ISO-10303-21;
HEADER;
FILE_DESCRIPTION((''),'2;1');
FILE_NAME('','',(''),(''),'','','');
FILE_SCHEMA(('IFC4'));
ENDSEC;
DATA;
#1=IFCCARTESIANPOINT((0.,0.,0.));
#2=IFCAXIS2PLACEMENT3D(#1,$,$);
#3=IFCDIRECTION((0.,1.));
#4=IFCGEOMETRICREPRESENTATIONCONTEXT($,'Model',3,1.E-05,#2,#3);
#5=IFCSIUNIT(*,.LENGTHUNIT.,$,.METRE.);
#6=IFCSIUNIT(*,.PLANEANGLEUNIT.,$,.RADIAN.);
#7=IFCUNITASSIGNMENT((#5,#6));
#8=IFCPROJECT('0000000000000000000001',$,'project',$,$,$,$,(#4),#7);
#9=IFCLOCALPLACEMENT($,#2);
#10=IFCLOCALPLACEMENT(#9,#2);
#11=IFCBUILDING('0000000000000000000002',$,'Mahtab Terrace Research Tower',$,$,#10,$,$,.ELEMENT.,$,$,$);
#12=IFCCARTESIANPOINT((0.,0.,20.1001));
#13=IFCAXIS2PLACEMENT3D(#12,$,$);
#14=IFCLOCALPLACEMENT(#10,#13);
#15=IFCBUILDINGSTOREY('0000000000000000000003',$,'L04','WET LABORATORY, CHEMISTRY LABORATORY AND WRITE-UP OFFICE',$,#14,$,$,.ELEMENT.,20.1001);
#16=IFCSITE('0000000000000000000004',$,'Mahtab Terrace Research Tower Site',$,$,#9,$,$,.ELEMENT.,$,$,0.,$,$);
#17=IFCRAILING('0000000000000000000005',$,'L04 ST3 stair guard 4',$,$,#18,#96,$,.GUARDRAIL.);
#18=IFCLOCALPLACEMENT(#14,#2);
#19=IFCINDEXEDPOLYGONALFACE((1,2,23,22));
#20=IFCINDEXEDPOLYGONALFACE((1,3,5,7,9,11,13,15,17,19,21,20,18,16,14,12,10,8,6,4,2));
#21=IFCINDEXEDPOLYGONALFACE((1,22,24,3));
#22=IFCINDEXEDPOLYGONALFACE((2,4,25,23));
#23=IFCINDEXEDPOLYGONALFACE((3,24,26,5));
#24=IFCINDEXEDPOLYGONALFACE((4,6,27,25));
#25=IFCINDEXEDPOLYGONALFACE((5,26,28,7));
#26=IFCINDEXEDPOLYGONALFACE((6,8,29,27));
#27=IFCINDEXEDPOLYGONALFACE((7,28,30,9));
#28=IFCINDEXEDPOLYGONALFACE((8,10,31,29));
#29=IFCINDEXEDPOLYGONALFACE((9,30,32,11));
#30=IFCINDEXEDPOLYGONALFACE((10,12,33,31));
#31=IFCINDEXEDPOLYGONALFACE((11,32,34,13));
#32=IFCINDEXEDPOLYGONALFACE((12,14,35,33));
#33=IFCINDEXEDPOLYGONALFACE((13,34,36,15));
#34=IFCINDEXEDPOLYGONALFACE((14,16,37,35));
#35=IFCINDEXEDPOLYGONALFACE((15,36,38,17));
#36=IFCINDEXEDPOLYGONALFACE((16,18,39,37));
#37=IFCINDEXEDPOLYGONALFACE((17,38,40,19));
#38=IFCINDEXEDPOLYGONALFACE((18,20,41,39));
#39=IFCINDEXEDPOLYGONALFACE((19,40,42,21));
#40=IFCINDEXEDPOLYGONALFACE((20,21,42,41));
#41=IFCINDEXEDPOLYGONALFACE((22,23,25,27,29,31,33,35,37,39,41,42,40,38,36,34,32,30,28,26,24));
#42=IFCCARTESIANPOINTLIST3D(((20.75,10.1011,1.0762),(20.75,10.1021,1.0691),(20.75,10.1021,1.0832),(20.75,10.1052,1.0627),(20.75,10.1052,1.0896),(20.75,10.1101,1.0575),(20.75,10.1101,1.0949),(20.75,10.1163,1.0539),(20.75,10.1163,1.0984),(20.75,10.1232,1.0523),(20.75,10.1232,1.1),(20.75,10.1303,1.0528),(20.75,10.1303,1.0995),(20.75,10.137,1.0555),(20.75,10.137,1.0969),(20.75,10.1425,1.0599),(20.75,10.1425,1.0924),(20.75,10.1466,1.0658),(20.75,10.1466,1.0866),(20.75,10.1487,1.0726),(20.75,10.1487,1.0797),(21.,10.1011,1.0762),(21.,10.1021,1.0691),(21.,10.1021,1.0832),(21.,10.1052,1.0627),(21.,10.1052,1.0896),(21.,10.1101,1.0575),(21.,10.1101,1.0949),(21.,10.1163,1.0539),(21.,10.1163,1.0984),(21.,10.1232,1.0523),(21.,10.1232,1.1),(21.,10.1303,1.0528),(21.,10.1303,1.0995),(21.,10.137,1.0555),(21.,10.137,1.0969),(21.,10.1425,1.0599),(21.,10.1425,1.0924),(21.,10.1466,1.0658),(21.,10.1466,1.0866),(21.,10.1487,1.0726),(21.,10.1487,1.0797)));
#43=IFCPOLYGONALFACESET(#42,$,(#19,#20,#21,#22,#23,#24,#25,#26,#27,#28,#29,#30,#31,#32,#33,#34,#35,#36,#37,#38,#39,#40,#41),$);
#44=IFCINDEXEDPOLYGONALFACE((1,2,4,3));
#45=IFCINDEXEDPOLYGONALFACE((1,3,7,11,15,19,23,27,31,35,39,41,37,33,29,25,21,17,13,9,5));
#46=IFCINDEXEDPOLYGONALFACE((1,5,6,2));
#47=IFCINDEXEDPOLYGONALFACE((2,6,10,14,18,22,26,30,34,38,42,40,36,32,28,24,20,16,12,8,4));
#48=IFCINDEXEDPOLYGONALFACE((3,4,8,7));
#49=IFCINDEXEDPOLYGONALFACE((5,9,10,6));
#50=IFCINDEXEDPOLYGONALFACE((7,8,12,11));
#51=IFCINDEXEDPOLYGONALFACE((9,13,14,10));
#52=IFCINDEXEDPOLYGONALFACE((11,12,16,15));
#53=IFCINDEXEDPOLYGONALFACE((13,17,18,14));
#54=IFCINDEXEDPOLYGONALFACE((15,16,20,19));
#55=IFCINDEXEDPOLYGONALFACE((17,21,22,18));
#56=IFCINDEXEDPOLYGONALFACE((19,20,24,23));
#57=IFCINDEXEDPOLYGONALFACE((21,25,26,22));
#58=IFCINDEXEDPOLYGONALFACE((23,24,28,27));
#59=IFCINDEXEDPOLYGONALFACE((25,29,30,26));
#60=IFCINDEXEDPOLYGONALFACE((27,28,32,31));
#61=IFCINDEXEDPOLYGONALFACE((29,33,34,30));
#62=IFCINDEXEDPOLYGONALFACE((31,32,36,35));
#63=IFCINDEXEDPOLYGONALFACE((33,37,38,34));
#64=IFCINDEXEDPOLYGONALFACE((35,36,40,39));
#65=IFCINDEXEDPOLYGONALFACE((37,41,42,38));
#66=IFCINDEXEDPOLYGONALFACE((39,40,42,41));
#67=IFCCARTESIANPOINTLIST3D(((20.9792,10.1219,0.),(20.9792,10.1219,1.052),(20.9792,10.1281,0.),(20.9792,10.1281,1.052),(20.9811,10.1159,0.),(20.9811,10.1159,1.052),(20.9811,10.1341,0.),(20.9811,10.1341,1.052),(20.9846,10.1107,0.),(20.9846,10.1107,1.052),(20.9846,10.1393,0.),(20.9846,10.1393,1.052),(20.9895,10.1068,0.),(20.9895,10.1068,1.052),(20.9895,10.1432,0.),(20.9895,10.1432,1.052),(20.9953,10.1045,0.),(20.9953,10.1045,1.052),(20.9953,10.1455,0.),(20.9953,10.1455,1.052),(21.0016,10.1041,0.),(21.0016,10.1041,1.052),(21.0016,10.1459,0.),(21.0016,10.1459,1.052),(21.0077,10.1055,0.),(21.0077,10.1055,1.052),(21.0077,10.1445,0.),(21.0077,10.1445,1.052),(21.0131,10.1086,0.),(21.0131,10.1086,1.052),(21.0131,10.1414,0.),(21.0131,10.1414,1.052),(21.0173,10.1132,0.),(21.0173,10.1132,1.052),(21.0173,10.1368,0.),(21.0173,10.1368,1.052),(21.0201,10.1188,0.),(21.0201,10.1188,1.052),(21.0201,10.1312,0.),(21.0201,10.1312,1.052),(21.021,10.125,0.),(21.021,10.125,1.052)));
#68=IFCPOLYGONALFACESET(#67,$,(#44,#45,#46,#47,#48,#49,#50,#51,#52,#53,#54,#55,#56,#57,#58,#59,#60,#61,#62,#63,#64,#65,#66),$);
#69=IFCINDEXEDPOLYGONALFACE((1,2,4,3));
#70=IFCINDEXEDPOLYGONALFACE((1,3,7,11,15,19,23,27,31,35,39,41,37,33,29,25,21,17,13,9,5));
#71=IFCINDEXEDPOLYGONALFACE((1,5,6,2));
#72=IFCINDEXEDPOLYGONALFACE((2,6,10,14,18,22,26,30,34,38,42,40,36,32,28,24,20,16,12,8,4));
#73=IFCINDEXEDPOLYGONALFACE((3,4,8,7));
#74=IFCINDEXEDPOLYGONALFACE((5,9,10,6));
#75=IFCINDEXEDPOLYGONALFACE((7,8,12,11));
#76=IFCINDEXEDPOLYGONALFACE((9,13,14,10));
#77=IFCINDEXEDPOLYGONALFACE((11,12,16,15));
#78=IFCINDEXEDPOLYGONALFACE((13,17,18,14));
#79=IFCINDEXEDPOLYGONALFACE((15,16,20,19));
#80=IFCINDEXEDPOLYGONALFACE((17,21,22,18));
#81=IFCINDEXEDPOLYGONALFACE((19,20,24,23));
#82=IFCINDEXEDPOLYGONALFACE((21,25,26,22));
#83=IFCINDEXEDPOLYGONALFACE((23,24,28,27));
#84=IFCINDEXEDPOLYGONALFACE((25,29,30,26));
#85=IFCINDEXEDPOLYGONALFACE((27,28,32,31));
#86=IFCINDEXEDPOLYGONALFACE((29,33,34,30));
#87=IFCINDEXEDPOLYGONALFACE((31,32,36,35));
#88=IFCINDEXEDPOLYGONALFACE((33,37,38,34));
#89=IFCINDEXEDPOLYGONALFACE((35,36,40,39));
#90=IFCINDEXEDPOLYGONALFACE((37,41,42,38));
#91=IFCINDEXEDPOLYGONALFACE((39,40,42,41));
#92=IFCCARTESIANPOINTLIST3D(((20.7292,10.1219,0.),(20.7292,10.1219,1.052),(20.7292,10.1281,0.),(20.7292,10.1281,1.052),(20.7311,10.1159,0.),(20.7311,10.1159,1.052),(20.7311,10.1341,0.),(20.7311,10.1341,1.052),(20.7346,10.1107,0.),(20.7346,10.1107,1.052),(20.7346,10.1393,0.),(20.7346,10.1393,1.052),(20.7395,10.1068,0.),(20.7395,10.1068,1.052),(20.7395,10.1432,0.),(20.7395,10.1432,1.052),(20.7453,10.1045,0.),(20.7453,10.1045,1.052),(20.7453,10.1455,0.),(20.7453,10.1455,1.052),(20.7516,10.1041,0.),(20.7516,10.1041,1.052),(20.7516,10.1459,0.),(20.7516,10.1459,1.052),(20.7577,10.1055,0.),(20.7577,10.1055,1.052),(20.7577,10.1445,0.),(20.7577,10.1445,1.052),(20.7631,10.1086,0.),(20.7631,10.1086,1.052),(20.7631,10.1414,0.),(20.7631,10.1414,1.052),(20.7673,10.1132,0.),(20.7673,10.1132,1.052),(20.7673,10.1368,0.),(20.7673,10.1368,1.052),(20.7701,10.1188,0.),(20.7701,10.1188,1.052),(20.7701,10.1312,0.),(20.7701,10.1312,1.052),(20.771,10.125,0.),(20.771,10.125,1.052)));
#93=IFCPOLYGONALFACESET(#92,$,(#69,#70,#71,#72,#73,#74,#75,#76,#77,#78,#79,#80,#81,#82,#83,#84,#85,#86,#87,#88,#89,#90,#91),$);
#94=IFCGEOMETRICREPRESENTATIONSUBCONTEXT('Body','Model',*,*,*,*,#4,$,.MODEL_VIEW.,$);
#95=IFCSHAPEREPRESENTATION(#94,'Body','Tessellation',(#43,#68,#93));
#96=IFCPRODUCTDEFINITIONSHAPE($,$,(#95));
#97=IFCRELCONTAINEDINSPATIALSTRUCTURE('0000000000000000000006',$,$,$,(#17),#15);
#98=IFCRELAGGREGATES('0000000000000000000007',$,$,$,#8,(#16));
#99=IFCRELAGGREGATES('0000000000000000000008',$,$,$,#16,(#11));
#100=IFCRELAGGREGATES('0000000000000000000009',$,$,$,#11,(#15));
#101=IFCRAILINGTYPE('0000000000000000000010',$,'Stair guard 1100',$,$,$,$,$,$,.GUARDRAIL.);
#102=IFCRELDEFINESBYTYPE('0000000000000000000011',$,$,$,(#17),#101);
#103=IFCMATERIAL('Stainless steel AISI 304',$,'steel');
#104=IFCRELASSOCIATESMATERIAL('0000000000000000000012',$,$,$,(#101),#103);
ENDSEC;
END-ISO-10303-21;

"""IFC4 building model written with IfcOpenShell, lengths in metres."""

from ifc_helpers import new_model, si_unit, direction, frame, origin, origin_2d, place, context, subcontext, project, spatial, circle, extrude, material, type_object, element, save


model = new_model("IFC4")

# Units and contexts
model_context = context("Model", 3, precision=1e-05, world=origin(), true_north=direction((0.0, 1.0)))
body_context = subcontext(model_context, "Body", "Model", "MODEL_VIEW")
ifc_project = project(units=[si_unit("LENGTHUNIT", "METRE"), si_unit("PLANEANGLEUNIT", "RADIAN")], contexts=[model_context])

# Site, building, storey
site_placement = place(None, origin())
site = spatial("IfcSite", under=ifc_project, at=site_placement, Name="Mahtab Terrace Research Tower Site", CompositionType="ELEMENT", RefElevation=0.0)
building_placement = place(site_placement, origin())
building = spatial("IfcBuilding", under=site, at=building_placement, Name="Mahtab Terrace Research Tower", CompositionType="ELEMENT")
storey_placement = place(building_placement, frame((0.0, 0.0, 20.1001)))
storey = spatial("IfcBuildingStorey", under=building, at=storey_placement, Name="L04", Description="WET LABORATORY, CHEMISTRY LABORATORY AND WRITE-UP OFFICE", CompositionType="ELEMENT", Elevation=20.1001)

# Shared definitions
ifc_material_1 = material(Name="Stainless steel AISI 304", Category="steel")

# Railing
railing_type_1 = type_object("IfcRailingType", Name="Stair guard 1100", PredefinedType="GUARDRAIL", material=ifc_material_1)
railing_1_placement = place(storey_placement, frame((21.0, 10.125, 0.0)))
element("IfcRailing", 1, at=railing_1_placement, inside=storey, type_object=railing_type_1, Name="L04 ST3 stair guard 4", PredefinedType="GUARDRAIL", context=body_context, shape_type="SweptSolid", body=[
    extrude(circle(Radius=0.0239, at=origin_2d()), frame((0.0, 0.0, 1.0762), z_axis=(-1.0, 0.0, 0.0), x_axis=(0.0, -1.0, 0.0)), (0.0, 0.0, 1.0), 0.25),
    extrude(circle(Radius=0.021, at=origin_2d()), origin(), (0.0, 0.0, 1.0), 1.052),
    extrude(circle(Radius=0.021, at=origin_2d()), frame((-0.25, 0.0, 0.0)), (0.0, 0.0, 1.0), 1.052),
])

save(model, "model.ifc")
